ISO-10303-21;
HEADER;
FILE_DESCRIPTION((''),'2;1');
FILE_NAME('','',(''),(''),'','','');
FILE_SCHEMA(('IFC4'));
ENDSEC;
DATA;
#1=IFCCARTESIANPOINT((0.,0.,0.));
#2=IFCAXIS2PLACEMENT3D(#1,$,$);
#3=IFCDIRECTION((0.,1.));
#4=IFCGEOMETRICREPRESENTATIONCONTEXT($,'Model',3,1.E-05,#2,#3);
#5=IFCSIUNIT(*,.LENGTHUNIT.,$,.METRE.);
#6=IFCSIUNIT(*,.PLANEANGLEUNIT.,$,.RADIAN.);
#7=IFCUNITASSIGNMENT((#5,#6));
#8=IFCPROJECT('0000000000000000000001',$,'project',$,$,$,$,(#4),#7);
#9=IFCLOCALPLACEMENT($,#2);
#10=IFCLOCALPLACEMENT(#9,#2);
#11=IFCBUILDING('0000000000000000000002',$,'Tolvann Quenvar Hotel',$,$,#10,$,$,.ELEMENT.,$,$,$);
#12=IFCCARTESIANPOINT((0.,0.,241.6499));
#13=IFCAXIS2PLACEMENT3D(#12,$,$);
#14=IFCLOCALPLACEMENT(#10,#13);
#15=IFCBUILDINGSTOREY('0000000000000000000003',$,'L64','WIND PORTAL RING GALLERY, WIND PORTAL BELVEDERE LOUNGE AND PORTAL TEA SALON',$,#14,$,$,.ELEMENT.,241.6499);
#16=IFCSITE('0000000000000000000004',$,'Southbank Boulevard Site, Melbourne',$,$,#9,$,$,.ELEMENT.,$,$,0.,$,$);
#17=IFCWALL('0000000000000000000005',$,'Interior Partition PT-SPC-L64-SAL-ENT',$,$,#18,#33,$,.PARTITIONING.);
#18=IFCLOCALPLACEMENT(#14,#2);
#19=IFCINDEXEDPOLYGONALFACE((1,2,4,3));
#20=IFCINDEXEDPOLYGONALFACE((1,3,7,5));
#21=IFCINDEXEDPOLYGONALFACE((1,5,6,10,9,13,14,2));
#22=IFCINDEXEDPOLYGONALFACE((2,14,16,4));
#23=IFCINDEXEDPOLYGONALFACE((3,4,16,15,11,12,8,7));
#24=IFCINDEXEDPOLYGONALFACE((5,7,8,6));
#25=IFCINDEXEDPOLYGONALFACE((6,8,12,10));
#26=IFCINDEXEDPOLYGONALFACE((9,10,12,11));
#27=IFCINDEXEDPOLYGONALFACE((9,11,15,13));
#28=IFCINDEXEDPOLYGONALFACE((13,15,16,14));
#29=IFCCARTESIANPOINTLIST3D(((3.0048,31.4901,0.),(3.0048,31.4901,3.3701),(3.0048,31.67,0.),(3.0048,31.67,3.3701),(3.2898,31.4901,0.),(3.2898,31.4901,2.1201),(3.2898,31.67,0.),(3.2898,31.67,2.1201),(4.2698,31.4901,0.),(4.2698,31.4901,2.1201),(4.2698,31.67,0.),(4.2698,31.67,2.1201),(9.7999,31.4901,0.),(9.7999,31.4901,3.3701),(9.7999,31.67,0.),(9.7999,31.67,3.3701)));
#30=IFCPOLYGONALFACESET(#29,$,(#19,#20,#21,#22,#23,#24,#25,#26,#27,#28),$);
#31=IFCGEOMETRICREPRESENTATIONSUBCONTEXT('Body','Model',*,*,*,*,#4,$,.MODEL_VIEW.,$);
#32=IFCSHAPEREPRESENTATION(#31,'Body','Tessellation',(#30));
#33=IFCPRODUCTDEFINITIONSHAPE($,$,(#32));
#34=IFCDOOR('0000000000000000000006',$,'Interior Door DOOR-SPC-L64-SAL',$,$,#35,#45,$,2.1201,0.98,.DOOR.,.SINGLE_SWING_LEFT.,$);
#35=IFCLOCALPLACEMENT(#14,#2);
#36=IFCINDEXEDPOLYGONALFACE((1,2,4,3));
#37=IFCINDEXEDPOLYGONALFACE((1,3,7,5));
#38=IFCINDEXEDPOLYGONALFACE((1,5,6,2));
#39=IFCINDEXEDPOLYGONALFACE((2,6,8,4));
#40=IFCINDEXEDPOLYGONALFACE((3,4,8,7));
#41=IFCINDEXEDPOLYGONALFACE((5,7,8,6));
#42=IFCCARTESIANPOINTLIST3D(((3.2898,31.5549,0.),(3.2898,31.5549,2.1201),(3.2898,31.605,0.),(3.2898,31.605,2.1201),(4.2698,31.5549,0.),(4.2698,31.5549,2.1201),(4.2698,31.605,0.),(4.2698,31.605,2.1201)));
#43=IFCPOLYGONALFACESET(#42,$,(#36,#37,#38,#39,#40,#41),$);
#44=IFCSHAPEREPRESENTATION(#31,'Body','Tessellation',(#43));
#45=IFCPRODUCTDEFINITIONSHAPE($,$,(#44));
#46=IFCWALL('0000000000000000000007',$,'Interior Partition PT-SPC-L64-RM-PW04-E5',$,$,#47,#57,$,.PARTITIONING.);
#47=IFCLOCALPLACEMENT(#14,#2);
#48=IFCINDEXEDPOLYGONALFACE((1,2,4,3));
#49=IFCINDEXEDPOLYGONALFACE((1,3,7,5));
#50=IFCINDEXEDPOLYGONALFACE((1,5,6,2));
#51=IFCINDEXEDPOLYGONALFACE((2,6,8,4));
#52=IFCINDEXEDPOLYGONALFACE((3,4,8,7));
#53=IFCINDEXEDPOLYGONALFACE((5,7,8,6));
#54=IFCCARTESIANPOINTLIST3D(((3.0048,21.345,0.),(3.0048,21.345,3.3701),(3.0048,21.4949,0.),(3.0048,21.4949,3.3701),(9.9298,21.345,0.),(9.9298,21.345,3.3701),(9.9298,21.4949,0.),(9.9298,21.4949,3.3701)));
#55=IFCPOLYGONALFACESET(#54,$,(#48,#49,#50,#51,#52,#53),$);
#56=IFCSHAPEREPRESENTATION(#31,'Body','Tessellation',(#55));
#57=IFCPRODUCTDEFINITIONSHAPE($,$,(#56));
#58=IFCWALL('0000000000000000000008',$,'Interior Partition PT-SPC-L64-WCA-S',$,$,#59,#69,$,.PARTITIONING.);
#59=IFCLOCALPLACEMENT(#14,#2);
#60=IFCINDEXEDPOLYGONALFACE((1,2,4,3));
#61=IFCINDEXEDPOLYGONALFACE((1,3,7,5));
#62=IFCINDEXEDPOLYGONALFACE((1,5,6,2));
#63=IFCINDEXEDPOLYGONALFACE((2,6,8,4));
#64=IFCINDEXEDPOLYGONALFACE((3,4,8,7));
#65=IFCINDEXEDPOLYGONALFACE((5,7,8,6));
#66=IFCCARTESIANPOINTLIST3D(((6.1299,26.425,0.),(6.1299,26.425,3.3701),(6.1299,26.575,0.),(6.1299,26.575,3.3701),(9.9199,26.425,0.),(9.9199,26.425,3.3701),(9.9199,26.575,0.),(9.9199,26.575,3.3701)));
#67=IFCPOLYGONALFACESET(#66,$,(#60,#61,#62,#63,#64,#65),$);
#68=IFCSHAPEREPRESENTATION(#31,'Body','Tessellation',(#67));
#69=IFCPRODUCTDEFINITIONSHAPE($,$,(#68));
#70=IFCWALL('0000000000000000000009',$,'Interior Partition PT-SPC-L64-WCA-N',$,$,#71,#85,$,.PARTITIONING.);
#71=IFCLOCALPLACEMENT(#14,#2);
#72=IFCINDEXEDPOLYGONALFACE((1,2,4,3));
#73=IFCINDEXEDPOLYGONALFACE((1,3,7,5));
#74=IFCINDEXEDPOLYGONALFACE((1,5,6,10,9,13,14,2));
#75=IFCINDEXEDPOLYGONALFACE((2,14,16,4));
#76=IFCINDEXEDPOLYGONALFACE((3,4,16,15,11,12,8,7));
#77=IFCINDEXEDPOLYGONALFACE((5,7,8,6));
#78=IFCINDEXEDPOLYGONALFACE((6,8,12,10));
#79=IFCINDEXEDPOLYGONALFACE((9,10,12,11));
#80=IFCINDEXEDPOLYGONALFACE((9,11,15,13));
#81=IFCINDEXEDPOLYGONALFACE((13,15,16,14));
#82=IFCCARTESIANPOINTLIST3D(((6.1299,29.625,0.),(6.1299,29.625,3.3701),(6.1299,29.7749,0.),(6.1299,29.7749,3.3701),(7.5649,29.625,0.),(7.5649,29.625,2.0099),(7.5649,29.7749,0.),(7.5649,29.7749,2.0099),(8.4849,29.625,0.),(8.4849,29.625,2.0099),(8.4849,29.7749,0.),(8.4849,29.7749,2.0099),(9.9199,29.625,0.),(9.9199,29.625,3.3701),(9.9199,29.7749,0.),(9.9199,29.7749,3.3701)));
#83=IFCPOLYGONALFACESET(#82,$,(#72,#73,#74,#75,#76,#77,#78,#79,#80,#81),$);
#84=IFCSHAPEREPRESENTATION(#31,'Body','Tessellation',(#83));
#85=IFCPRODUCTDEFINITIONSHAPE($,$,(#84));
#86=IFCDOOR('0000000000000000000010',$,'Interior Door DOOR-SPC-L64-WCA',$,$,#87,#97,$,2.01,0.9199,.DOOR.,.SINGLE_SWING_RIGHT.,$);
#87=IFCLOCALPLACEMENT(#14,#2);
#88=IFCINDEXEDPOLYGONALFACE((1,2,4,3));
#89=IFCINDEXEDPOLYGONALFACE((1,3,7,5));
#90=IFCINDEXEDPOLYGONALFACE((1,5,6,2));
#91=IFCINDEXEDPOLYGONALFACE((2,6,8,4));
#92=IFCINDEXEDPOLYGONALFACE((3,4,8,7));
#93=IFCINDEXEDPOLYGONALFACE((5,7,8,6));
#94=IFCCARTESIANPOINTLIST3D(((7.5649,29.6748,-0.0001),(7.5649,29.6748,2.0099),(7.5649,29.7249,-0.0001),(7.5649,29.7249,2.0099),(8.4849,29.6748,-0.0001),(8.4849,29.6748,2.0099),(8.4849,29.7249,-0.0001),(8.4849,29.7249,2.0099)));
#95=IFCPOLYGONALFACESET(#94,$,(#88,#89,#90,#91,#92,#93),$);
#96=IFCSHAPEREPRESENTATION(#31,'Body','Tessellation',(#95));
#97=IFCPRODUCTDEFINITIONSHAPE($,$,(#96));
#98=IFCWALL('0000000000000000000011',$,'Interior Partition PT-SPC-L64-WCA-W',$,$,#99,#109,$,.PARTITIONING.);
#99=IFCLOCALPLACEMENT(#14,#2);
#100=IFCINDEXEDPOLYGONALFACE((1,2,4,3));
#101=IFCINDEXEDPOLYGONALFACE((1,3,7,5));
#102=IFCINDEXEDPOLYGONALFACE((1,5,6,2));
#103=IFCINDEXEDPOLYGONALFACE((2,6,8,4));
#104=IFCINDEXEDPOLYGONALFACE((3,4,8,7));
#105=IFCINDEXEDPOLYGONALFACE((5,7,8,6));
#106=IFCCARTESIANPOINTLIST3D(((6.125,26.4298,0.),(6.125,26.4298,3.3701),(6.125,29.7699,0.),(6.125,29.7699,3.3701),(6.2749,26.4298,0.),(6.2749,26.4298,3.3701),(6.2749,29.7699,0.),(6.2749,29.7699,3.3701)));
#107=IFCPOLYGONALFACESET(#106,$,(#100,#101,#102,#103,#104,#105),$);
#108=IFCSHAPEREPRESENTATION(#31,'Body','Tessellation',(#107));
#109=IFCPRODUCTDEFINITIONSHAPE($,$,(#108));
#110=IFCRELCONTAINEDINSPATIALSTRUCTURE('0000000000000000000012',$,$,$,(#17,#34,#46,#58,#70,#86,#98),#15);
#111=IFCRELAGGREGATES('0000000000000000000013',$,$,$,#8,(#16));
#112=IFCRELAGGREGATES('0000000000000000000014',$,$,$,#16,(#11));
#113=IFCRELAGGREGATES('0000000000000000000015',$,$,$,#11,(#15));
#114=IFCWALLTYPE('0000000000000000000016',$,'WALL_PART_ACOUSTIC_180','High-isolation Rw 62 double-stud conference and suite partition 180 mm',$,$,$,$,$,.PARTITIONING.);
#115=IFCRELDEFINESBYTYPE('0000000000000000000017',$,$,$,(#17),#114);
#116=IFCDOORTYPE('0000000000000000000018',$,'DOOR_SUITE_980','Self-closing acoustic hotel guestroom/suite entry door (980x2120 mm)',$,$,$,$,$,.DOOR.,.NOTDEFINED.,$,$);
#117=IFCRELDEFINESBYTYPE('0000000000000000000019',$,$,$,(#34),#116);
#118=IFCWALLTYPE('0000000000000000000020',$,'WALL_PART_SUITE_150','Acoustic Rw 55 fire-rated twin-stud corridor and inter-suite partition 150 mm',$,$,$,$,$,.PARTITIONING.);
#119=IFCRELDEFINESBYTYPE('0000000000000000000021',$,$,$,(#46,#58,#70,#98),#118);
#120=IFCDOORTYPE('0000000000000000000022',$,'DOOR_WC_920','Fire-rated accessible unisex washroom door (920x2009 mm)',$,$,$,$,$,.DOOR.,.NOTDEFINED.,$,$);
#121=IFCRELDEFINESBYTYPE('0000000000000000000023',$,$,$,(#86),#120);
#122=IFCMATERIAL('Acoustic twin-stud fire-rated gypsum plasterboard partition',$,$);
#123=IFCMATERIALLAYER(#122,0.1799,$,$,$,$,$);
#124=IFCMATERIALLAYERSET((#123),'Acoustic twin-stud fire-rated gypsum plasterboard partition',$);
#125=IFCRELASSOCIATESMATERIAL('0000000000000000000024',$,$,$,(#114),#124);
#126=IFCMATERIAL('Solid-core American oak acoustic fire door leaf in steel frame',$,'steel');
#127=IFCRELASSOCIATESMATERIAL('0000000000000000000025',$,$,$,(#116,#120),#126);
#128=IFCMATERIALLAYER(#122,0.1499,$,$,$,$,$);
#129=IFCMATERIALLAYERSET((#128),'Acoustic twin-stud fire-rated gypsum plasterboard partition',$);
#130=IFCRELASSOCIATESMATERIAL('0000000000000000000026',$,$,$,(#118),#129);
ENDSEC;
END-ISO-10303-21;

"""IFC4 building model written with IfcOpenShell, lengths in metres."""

from ifc_helpers import new_model, si_unit, direction, frame, frame_2d, origin, place, context, subcontext, project, spatial, rectangle, extrude, source, transform, mapped, material, layer, layer_set, type_object, type_shapes, element, fill, save


model = new_model("IFC4")

# Units and contexts
model_context = context("Model", 3, precision=1e-05, world=origin(), true_north=direction((0.0, 1.0)))
body_context = subcontext(model_context, "Body", "Model", "MODEL_VIEW")
ifc_project = project(units=[si_unit("LENGTHUNIT", "METRE"), si_unit("PLANEANGLEUNIT", "RADIAN")], contexts=[model_context])

# Site, building, storey
site_placement = place(None, origin())
site = spatial("IfcSite", under=ifc_project, at=site_placement, Name="Southbank Boulevard Site, Melbourne", CompositionType="ELEMENT", RefElevation=0.0)
building_placement = place(site_placement, origin())
building = spatial("IfcBuilding", under=site, at=building_placement, Name="Tolvann Quenvar Hotel", CompositionType="ELEMENT")
storey_placement = place(building_placement, frame((0.0, 0.0, 241.6499)))
storey = spatial("IfcBuildingStorey", under=building, at=storey_placement, Name="L64", Description="WIND PORTAL RING GALLERY, WIND PORTAL BELVEDERE LOUNGE AND PORTAL TEA SALON", CompositionType="ELEMENT", Elevation=241.6499)

# Shared definitions
ifc_material_1 = material(Name="Acoustic twin-stud fire-rated gypsum plasterboard partition")
ifc_layer_1 = layer(ifc_material_1, 0.1799)
ifc_layer_set_1 = layer_set([ifc_layer_1], Name="Acoustic twin-stud fire-rated gypsum plasterboard partition")
wall_type_1 = type_object("IfcWallType", Name="WALL_PART_ACOUSTIC_180", Description="High-isolation Rw 62 double-stud conference and suite partition 180 mm", PredefinedType="PARTITIONING", material=ifc_layer_set_1)

# Wall, opening, door
ifc_material_2 = material(Name="Solid-core American oak acoustic fire door leaf in steel frame", Category="steel")
wall_1_placement = place(storey_placement, frame((3.0049, 31.5801, 0.0), z_axis=(0.0, 0.0, 1.0), x_axis=(1.0, 0.0, 0.0)))
wall_1 = element("IfcWall", 1, at=wall_1_placement, inside=storey, type_object=wall_type_1, Name="Interior Partition PT-SPC-L64-SAL-ENT", PredefinedType="PARTITIONING", context=body_context, shape_type="SweptSolid", body=[
    extrude(rectangle(XDim=6.7952, YDim=0.1799, at=frame_2d((3.3975, 0.0))), origin(), (0.0, 0.0, 1.0), 3.3701),
])
opening_1_placement = place(wall_1_placement, frame((0.2849, 0.0, 0.0)))
opening_1 = element("IfcOpeningElement", 2, at=opening_1_placement, cuts=wall_1, PredefinedType="OPENING", context=body_context, shape_type="SweptSolid", body=[
    extrude(rectangle(XDim=0.98, YDim=2.1201, at=frame_2d((0.49, 1.0601))), frame((0.0, 0.1001, 0.0), z_axis=(0.0, -1.0, 0.0), x_axis=(1.0, 0.0, 0.0)), (0.0, 0.0, 1.0), 0.2),
])
door_type_1 = type_object("IfcDoorType", Name="DOOR_SUITE_980", Description="Self-closing acoustic hotel guestroom/suite entry door (980x2120 mm)", OperationType="NOTDEFINED", PredefinedType="DOOR", material=ifc_material_2)
shared_shape_1 = source(origin(), body_context, "Body", "SweptSolid", [
    extrude(rectangle(XDim=0.98, YDim=2.1201, at=frame_2d((0.49, 1.0601))), frame((0.0, 0.0249, 0.0), z_axis=(0.0, -1.0, 0.0), x_axis=(1.0, 0.0, 0.0)), (0.0, 0.0, 1.0), 0.05),
])
type_shapes(door_type_1, [shared_shape_1])
door_1_placement = place(opening_1_placement, origin())
door_1 = element("IfcDoor", 3, at=door_1_placement, inside=storey, type_object=door_type_1, Name="Interior Door DOOR-SPC-L64-SAL", OperationType="SINGLE_SWING_LEFT", OverallHeight=2.1201, OverallWidth=0.98, PredefinedType="DOOR", context=body_context, shape_type="MappedRepresentation", body=[
    mapped(shared_shape_1, transform((0.0, 0.0, 0.0), x_axis=(1.0, 0.0, 0.0), y_axis=(0.0, 1.0, 0.0), z_axis=(0.0, 0.0, 1.0), scale=1.0)),
])
fill(opening_1, door_1)

# Walls
ifc_layer_2 = layer(ifc_material_1, 0.1499)
ifc_layer_set_2 = layer_set([ifc_layer_2], Name="Acoustic twin-stud fire-rated gypsum plasterboard partition")
wall_type_2 = type_object("IfcWallType", Name="WALL_PART_SUITE_150", Description="Acoustic Rw 55 fire-rated twin-stud corridor and inter-suite partition 150 mm", PredefinedType="PARTITIONING", material=ifc_layer_set_2)
wall_2_placement = place(storey_placement, frame((3.0049, 21.4199, 0.0), z_axis=(0.0, 0.0, 1.0), x_axis=(1.0, 0.0, 0.0)))
element("IfcWall", 4, at=wall_2_placement, inside=storey, type_object=wall_type_2, Name="Interior Partition PT-SPC-L64-RM-PW04-E5", PredefinedType="PARTITIONING", context=body_context, shape_type="SweptSolid", body=[
    extrude(rectangle(XDim=6.925, YDim=0.1499, at=frame_2d((3.4624, 0.0))), origin(), (0.0, 0.0, 1.0), 3.3701),
])
wall_3_placement = place(storey_placement, frame((6.1299, 26.5, 0.0), z_axis=(0.0, 0.0, 1.0), x_axis=(1.0, 0.0, 0.0)))
element("IfcWall", 5, at=wall_3_placement, inside=storey, type_object=wall_type_2, Name="Interior Partition PT-SPC-L64-WCA-S", PredefinedType="PARTITIONING", context=body_context, shape_type="SweptSolid", body=[
    extrude(rectangle(XDim=3.79, YDim=0.1499, at=frame_2d((1.895, 0.0))), origin(), (0.0, 0.0, 1.0), 3.3701),
])

# Wall, opening, door
wall_4_placement = place(storey_placement, frame((6.1299, 29.7, 0.0), z_axis=(0.0, 0.0, 1.0), x_axis=(1.0, 0.0, 0.0)))
wall_4 = element("IfcWall", 6, at=wall_4_placement, inside=storey, type_object=wall_type_2, Name="Interior Partition PT-SPC-L64-WCA-N", PredefinedType="PARTITIONING", context=body_context, shape_type="SweptSolid", body=[
    extrude(rectangle(XDim=3.79, YDim=0.1499, at=frame_2d((1.895, 0.0))), origin(), (0.0, 0.0, 1.0), 3.3701),
])
opening_2_placement = place(wall_4_placement, frame((1.4351, 0.0, 0.0)))
opening_2 = element("IfcOpeningElement", 7, at=opening_2_placement, cuts=wall_4, PredefinedType="OPENING", context=body_context, shape_type="SweptSolid", body=[
    extrude(rectangle(XDim=0.9199, YDim=2.01, at=frame_2d((0.46, 1.0049))), frame((0.0, 0.085, 0.0), z_axis=(0.0, -1.0, 0.0), x_axis=(1.0, 0.0, 0.0)), (0.0, 0.0, 1.0), 0.1699),
])
door_type_2 = type_object("IfcDoorType", Name="DOOR_WC_920", Description="Fire-rated accessible unisex washroom door (920x2009 mm)", OperationType="NOTDEFINED", PredefinedType="DOOR", material=ifc_material_2)
shared_shape_2 = source(origin(), body_context, "Body", "SweptSolid", [
    extrude(rectangle(XDim=0.9199, YDim=2.01, at=frame_2d((0.46, 1.0049))), frame((0.0, 0.0249, 0.0), z_axis=(0.0, -1.0, 0.0), x_axis=(1.0, 0.0, 0.0)), (0.0, 0.0, 1.0), 0.05),
])
type_shapes(door_type_2, [shared_shape_2])
door_2_placement = place(opening_2_placement, origin())
door_2 = element("IfcDoor", 8, at=door_2_placement, inside=storey, type_object=door_type_2, Name="Interior Door DOOR-SPC-L64-WCA", OperationType="SINGLE_SWING_RIGHT", OverallHeight=2.01, OverallWidth=0.9199, PredefinedType="DOOR", context=body_context, shape_type="MappedRepresentation", body=[
    mapped(shared_shape_2, transform((0.0, 0.0, 0.0), x_axis=(1.0, 0.0, 0.0), y_axis=(0.0, 1.0, 0.0), z_axis=(0.0, 0.0, 1.0), scale=1.0)),
])
fill(opening_2, door_2)

# Wall
wall_5_placement = place(storey_placement, frame((6.2, 26.4299, 0.0), z_axis=(0.0, 0.0, 1.0), x_axis=(0.0, 1.0, 0.0)))
element("IfcWall", 9, at=wall_5_placement, inside=storey, type_object=wall_type_2, Name="Interior Partition PT-SPC-L64-WCA-W", PredefinedType="PARTITIONING", context=body_context, shape_type="SweptSolid", body=[
    extrude(rectangle(XDim=3.3401, YDim=0.1499, at=frame_2d((1.6699, 0.0))), origin(), (0.0, 0.0, 1.0), 3.3701),
])

save(model, "model.ifc")
